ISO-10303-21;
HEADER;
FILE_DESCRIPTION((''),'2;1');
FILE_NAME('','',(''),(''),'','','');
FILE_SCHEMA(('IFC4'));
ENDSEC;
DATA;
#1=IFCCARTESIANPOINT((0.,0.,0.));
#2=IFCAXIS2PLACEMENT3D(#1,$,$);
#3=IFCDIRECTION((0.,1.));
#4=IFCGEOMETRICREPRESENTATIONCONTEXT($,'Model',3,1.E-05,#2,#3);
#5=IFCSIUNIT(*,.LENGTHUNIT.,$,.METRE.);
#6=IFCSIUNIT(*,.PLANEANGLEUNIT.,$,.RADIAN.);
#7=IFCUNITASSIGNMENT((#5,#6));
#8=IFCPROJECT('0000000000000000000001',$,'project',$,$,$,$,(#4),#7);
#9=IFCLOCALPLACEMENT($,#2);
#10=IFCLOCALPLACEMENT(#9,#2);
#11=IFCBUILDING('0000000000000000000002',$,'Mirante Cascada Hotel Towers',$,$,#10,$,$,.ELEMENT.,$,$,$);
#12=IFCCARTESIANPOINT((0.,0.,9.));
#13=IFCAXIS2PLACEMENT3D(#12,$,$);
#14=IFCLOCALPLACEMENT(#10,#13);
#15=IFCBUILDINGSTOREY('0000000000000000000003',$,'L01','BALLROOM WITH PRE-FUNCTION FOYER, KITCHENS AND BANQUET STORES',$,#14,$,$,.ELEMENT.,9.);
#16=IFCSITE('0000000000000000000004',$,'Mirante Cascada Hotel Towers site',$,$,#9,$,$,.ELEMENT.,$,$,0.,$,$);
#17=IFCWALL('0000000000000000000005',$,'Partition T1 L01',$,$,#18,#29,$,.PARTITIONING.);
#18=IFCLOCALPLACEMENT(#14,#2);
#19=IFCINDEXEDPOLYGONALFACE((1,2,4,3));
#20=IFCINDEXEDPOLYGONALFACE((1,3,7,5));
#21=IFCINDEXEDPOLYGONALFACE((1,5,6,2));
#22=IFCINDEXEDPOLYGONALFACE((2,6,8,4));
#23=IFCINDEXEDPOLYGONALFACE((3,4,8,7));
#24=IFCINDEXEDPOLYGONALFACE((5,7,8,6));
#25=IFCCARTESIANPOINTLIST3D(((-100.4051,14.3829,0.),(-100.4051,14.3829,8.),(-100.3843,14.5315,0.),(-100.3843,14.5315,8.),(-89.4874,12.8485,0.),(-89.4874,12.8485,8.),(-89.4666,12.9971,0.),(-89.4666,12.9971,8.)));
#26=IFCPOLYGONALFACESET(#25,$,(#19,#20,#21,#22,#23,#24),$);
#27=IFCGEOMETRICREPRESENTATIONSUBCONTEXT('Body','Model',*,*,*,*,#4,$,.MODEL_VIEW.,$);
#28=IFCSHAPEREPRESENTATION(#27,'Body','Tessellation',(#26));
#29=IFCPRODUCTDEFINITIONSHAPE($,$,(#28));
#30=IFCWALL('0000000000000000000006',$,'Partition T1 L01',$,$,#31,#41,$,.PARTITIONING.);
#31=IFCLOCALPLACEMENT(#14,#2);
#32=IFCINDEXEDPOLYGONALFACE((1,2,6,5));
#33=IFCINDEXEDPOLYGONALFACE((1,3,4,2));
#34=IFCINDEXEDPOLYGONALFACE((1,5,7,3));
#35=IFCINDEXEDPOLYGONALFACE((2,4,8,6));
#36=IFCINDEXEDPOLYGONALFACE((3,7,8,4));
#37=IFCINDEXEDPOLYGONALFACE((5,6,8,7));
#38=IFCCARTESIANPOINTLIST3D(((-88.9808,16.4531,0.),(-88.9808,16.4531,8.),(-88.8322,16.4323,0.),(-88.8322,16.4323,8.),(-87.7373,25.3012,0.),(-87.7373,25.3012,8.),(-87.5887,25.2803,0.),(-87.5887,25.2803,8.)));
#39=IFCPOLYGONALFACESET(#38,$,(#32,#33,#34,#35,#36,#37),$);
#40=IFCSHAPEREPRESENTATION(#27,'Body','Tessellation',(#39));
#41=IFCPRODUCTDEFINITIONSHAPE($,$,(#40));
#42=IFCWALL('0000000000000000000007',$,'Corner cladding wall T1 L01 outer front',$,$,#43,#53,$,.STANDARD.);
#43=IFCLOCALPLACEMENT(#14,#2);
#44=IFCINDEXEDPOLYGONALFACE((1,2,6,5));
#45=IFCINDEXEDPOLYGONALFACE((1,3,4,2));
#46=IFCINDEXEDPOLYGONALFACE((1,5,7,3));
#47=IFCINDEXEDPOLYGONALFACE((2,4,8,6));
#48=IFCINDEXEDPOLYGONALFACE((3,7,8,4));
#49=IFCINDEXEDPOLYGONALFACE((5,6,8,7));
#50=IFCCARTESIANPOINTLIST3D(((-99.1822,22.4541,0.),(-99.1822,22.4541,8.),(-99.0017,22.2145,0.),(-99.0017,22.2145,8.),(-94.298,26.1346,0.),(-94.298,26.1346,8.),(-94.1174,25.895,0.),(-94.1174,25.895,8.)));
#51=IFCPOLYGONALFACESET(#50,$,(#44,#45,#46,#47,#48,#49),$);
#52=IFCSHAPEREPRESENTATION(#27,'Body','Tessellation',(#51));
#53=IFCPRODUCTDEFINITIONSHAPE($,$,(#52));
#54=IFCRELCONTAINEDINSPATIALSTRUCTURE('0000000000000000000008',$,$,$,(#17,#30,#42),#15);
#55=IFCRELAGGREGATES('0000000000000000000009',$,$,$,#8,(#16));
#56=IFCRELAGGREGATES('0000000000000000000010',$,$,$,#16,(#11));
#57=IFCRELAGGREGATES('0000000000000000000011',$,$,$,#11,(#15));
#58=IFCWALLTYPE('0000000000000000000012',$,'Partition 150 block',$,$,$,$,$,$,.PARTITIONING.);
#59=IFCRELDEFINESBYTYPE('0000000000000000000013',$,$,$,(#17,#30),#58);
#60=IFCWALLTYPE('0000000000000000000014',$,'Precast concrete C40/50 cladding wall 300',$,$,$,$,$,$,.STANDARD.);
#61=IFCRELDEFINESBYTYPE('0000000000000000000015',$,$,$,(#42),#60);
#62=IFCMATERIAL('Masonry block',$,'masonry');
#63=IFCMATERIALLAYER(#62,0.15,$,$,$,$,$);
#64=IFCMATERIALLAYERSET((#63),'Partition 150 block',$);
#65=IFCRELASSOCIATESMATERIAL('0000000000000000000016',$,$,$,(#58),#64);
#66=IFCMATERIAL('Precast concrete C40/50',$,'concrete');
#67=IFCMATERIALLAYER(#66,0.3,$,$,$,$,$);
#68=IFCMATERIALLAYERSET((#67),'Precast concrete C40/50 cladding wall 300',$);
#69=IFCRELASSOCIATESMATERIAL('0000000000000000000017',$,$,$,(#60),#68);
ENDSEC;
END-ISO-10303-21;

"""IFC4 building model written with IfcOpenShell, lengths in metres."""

from ifc_helpers import new_model, si_unit, direction, frame, frame_2d, origin, place, context, subcontext, project, spatial, rectangle, extrude, material, layer, layer_set, type_object, element, save


model = new_model("IFC4")

# Units and contexts
model_context = context("Model", 3, precision=1e-05, world=origin(), true_north=direction((0.0, 1.0)))
body_context = subcontext(model_context, "Body", "Model", "MODEL_VIEW")
ifc_project = project(units=[si_unit("LENGTHUNIT", "METRE"), si_unit("PLANEANGLEUNIT", "RADIAN")], contexts=[model_context])

# Site, building, storey
site_placement = place(None, origin())
site = spatial("IfcSite", under=ifc_project, at=site_placement, Name="Mirante Cascada Hotel Towers site", CompositionType="ELEMENT", RefElevation=0.0)
building_placement = place(site_placement, origin())
building = spatial("IfcBuilding", under=site, at=building_placement, Name="Mirante Cascada Hotel Towers", CompositionType="ELEMENT")
storey_placement = place(building_placement, frame((0.0, 0.0, 9.0)))
storey = spatial("IfcBuildingStorey", under=building, at=storey_placement, Name="L01", Description="BALLROOM WITH PRE-FUNCTION FOYER, KITCHENS AND BANQUET STORES", CompositionType="ELEMENT", Elevation=9.0)

# Walls
ifc_material_1 = material(Name="Masonry block", Category="masonry")
ifc_layer_1 = layer(ifc_material_1, 0.15)
ifc_layer_set_1 = layer_set([ifc_layer_1], Name="Partition 150 block")
wall_type_1 = type_object("IfcWallType", Name="Partition 150 block", PredefinedType="PARTITIONING", material=ifc_layer_set_1)
wall_1_placement = place(storey_placement, frame((-100.3947, 14.4572, 0.0), z_axis=(0.0, 0.0, 1.0), x_axis=(0.990268, -0.139175, 0.0)))
element("IfcWall", 1, at=wall_1_placement, inside=storey, type_object=wall_type_1, Name="Partition T1 L01", PredefinedType="PARTITIONING", context=body_context, shape_type="SweptSolid", body=[
    extrude(rectangle(XDim=11.025, YDim=0.15, at=frame_2d((5.5125, 0.0))), origin(), (0.0, 0.0, 1.0), 8.0),
])
wall_2_placement = place(storey_placement, frame((-88.9065, 16.4427, 0.0), z_axis=(0.0, 0.0, 1.0), x_axis=(0.139173, 0.990268, 0.0)))
element("IfcWall", 2, at=wall_2_placement, inside=storey, type_object=wall_type_1, Name="Partition T1 L01", PredefinedType="PARTITIONING", context=body_context, shape_type="SweptSolid", body=[
    extrude(rectangle(XDim=8.935, YDim=0.15, at=frame_2d((4.4675, 0.0))), origin(), (0.0, 0.0, 1.0), 8.0),
])
ifc_material_2 = material(Name="Precast concrete C40/50", Category="concrete")
ifc_layer_2 = layer(ifc_material_2, 0.3)
ifc_layer_set_2 = layer_set([ifc_layer_2], Name="Precast concrete C40/50 cladding wall 300")
wall_type_2 = type_object("IfcWallType", Name="Precast concrete C40/50 cladding wall 300", PredefinedType="STANDARD", material=ifc_layer_set_2)
wall_3_placement = place(storey_placement, frame((-99.0919, 22.3343, 0.0), z_axis=(0.0, 0.0, 1.0), x_axis=(0.798636, 0.601814, 0.0)))
element("IfcWall", 3, at=wall_3_placement, inside=storey, type_object=wall_type_2, Name="Corner cladding wall T1 L01 outer front", PredefinedType="STANDARD", context=body_context, shape_type="SweptSolid", body=[
    extrude(rectangle(XDim=6.1157, YDim=0.3, at=frame_2d((3.0578, 0.0))), origin(), (0.0, 0.0, 1.0), 8.0),
])

save(model, "model.ifc")
